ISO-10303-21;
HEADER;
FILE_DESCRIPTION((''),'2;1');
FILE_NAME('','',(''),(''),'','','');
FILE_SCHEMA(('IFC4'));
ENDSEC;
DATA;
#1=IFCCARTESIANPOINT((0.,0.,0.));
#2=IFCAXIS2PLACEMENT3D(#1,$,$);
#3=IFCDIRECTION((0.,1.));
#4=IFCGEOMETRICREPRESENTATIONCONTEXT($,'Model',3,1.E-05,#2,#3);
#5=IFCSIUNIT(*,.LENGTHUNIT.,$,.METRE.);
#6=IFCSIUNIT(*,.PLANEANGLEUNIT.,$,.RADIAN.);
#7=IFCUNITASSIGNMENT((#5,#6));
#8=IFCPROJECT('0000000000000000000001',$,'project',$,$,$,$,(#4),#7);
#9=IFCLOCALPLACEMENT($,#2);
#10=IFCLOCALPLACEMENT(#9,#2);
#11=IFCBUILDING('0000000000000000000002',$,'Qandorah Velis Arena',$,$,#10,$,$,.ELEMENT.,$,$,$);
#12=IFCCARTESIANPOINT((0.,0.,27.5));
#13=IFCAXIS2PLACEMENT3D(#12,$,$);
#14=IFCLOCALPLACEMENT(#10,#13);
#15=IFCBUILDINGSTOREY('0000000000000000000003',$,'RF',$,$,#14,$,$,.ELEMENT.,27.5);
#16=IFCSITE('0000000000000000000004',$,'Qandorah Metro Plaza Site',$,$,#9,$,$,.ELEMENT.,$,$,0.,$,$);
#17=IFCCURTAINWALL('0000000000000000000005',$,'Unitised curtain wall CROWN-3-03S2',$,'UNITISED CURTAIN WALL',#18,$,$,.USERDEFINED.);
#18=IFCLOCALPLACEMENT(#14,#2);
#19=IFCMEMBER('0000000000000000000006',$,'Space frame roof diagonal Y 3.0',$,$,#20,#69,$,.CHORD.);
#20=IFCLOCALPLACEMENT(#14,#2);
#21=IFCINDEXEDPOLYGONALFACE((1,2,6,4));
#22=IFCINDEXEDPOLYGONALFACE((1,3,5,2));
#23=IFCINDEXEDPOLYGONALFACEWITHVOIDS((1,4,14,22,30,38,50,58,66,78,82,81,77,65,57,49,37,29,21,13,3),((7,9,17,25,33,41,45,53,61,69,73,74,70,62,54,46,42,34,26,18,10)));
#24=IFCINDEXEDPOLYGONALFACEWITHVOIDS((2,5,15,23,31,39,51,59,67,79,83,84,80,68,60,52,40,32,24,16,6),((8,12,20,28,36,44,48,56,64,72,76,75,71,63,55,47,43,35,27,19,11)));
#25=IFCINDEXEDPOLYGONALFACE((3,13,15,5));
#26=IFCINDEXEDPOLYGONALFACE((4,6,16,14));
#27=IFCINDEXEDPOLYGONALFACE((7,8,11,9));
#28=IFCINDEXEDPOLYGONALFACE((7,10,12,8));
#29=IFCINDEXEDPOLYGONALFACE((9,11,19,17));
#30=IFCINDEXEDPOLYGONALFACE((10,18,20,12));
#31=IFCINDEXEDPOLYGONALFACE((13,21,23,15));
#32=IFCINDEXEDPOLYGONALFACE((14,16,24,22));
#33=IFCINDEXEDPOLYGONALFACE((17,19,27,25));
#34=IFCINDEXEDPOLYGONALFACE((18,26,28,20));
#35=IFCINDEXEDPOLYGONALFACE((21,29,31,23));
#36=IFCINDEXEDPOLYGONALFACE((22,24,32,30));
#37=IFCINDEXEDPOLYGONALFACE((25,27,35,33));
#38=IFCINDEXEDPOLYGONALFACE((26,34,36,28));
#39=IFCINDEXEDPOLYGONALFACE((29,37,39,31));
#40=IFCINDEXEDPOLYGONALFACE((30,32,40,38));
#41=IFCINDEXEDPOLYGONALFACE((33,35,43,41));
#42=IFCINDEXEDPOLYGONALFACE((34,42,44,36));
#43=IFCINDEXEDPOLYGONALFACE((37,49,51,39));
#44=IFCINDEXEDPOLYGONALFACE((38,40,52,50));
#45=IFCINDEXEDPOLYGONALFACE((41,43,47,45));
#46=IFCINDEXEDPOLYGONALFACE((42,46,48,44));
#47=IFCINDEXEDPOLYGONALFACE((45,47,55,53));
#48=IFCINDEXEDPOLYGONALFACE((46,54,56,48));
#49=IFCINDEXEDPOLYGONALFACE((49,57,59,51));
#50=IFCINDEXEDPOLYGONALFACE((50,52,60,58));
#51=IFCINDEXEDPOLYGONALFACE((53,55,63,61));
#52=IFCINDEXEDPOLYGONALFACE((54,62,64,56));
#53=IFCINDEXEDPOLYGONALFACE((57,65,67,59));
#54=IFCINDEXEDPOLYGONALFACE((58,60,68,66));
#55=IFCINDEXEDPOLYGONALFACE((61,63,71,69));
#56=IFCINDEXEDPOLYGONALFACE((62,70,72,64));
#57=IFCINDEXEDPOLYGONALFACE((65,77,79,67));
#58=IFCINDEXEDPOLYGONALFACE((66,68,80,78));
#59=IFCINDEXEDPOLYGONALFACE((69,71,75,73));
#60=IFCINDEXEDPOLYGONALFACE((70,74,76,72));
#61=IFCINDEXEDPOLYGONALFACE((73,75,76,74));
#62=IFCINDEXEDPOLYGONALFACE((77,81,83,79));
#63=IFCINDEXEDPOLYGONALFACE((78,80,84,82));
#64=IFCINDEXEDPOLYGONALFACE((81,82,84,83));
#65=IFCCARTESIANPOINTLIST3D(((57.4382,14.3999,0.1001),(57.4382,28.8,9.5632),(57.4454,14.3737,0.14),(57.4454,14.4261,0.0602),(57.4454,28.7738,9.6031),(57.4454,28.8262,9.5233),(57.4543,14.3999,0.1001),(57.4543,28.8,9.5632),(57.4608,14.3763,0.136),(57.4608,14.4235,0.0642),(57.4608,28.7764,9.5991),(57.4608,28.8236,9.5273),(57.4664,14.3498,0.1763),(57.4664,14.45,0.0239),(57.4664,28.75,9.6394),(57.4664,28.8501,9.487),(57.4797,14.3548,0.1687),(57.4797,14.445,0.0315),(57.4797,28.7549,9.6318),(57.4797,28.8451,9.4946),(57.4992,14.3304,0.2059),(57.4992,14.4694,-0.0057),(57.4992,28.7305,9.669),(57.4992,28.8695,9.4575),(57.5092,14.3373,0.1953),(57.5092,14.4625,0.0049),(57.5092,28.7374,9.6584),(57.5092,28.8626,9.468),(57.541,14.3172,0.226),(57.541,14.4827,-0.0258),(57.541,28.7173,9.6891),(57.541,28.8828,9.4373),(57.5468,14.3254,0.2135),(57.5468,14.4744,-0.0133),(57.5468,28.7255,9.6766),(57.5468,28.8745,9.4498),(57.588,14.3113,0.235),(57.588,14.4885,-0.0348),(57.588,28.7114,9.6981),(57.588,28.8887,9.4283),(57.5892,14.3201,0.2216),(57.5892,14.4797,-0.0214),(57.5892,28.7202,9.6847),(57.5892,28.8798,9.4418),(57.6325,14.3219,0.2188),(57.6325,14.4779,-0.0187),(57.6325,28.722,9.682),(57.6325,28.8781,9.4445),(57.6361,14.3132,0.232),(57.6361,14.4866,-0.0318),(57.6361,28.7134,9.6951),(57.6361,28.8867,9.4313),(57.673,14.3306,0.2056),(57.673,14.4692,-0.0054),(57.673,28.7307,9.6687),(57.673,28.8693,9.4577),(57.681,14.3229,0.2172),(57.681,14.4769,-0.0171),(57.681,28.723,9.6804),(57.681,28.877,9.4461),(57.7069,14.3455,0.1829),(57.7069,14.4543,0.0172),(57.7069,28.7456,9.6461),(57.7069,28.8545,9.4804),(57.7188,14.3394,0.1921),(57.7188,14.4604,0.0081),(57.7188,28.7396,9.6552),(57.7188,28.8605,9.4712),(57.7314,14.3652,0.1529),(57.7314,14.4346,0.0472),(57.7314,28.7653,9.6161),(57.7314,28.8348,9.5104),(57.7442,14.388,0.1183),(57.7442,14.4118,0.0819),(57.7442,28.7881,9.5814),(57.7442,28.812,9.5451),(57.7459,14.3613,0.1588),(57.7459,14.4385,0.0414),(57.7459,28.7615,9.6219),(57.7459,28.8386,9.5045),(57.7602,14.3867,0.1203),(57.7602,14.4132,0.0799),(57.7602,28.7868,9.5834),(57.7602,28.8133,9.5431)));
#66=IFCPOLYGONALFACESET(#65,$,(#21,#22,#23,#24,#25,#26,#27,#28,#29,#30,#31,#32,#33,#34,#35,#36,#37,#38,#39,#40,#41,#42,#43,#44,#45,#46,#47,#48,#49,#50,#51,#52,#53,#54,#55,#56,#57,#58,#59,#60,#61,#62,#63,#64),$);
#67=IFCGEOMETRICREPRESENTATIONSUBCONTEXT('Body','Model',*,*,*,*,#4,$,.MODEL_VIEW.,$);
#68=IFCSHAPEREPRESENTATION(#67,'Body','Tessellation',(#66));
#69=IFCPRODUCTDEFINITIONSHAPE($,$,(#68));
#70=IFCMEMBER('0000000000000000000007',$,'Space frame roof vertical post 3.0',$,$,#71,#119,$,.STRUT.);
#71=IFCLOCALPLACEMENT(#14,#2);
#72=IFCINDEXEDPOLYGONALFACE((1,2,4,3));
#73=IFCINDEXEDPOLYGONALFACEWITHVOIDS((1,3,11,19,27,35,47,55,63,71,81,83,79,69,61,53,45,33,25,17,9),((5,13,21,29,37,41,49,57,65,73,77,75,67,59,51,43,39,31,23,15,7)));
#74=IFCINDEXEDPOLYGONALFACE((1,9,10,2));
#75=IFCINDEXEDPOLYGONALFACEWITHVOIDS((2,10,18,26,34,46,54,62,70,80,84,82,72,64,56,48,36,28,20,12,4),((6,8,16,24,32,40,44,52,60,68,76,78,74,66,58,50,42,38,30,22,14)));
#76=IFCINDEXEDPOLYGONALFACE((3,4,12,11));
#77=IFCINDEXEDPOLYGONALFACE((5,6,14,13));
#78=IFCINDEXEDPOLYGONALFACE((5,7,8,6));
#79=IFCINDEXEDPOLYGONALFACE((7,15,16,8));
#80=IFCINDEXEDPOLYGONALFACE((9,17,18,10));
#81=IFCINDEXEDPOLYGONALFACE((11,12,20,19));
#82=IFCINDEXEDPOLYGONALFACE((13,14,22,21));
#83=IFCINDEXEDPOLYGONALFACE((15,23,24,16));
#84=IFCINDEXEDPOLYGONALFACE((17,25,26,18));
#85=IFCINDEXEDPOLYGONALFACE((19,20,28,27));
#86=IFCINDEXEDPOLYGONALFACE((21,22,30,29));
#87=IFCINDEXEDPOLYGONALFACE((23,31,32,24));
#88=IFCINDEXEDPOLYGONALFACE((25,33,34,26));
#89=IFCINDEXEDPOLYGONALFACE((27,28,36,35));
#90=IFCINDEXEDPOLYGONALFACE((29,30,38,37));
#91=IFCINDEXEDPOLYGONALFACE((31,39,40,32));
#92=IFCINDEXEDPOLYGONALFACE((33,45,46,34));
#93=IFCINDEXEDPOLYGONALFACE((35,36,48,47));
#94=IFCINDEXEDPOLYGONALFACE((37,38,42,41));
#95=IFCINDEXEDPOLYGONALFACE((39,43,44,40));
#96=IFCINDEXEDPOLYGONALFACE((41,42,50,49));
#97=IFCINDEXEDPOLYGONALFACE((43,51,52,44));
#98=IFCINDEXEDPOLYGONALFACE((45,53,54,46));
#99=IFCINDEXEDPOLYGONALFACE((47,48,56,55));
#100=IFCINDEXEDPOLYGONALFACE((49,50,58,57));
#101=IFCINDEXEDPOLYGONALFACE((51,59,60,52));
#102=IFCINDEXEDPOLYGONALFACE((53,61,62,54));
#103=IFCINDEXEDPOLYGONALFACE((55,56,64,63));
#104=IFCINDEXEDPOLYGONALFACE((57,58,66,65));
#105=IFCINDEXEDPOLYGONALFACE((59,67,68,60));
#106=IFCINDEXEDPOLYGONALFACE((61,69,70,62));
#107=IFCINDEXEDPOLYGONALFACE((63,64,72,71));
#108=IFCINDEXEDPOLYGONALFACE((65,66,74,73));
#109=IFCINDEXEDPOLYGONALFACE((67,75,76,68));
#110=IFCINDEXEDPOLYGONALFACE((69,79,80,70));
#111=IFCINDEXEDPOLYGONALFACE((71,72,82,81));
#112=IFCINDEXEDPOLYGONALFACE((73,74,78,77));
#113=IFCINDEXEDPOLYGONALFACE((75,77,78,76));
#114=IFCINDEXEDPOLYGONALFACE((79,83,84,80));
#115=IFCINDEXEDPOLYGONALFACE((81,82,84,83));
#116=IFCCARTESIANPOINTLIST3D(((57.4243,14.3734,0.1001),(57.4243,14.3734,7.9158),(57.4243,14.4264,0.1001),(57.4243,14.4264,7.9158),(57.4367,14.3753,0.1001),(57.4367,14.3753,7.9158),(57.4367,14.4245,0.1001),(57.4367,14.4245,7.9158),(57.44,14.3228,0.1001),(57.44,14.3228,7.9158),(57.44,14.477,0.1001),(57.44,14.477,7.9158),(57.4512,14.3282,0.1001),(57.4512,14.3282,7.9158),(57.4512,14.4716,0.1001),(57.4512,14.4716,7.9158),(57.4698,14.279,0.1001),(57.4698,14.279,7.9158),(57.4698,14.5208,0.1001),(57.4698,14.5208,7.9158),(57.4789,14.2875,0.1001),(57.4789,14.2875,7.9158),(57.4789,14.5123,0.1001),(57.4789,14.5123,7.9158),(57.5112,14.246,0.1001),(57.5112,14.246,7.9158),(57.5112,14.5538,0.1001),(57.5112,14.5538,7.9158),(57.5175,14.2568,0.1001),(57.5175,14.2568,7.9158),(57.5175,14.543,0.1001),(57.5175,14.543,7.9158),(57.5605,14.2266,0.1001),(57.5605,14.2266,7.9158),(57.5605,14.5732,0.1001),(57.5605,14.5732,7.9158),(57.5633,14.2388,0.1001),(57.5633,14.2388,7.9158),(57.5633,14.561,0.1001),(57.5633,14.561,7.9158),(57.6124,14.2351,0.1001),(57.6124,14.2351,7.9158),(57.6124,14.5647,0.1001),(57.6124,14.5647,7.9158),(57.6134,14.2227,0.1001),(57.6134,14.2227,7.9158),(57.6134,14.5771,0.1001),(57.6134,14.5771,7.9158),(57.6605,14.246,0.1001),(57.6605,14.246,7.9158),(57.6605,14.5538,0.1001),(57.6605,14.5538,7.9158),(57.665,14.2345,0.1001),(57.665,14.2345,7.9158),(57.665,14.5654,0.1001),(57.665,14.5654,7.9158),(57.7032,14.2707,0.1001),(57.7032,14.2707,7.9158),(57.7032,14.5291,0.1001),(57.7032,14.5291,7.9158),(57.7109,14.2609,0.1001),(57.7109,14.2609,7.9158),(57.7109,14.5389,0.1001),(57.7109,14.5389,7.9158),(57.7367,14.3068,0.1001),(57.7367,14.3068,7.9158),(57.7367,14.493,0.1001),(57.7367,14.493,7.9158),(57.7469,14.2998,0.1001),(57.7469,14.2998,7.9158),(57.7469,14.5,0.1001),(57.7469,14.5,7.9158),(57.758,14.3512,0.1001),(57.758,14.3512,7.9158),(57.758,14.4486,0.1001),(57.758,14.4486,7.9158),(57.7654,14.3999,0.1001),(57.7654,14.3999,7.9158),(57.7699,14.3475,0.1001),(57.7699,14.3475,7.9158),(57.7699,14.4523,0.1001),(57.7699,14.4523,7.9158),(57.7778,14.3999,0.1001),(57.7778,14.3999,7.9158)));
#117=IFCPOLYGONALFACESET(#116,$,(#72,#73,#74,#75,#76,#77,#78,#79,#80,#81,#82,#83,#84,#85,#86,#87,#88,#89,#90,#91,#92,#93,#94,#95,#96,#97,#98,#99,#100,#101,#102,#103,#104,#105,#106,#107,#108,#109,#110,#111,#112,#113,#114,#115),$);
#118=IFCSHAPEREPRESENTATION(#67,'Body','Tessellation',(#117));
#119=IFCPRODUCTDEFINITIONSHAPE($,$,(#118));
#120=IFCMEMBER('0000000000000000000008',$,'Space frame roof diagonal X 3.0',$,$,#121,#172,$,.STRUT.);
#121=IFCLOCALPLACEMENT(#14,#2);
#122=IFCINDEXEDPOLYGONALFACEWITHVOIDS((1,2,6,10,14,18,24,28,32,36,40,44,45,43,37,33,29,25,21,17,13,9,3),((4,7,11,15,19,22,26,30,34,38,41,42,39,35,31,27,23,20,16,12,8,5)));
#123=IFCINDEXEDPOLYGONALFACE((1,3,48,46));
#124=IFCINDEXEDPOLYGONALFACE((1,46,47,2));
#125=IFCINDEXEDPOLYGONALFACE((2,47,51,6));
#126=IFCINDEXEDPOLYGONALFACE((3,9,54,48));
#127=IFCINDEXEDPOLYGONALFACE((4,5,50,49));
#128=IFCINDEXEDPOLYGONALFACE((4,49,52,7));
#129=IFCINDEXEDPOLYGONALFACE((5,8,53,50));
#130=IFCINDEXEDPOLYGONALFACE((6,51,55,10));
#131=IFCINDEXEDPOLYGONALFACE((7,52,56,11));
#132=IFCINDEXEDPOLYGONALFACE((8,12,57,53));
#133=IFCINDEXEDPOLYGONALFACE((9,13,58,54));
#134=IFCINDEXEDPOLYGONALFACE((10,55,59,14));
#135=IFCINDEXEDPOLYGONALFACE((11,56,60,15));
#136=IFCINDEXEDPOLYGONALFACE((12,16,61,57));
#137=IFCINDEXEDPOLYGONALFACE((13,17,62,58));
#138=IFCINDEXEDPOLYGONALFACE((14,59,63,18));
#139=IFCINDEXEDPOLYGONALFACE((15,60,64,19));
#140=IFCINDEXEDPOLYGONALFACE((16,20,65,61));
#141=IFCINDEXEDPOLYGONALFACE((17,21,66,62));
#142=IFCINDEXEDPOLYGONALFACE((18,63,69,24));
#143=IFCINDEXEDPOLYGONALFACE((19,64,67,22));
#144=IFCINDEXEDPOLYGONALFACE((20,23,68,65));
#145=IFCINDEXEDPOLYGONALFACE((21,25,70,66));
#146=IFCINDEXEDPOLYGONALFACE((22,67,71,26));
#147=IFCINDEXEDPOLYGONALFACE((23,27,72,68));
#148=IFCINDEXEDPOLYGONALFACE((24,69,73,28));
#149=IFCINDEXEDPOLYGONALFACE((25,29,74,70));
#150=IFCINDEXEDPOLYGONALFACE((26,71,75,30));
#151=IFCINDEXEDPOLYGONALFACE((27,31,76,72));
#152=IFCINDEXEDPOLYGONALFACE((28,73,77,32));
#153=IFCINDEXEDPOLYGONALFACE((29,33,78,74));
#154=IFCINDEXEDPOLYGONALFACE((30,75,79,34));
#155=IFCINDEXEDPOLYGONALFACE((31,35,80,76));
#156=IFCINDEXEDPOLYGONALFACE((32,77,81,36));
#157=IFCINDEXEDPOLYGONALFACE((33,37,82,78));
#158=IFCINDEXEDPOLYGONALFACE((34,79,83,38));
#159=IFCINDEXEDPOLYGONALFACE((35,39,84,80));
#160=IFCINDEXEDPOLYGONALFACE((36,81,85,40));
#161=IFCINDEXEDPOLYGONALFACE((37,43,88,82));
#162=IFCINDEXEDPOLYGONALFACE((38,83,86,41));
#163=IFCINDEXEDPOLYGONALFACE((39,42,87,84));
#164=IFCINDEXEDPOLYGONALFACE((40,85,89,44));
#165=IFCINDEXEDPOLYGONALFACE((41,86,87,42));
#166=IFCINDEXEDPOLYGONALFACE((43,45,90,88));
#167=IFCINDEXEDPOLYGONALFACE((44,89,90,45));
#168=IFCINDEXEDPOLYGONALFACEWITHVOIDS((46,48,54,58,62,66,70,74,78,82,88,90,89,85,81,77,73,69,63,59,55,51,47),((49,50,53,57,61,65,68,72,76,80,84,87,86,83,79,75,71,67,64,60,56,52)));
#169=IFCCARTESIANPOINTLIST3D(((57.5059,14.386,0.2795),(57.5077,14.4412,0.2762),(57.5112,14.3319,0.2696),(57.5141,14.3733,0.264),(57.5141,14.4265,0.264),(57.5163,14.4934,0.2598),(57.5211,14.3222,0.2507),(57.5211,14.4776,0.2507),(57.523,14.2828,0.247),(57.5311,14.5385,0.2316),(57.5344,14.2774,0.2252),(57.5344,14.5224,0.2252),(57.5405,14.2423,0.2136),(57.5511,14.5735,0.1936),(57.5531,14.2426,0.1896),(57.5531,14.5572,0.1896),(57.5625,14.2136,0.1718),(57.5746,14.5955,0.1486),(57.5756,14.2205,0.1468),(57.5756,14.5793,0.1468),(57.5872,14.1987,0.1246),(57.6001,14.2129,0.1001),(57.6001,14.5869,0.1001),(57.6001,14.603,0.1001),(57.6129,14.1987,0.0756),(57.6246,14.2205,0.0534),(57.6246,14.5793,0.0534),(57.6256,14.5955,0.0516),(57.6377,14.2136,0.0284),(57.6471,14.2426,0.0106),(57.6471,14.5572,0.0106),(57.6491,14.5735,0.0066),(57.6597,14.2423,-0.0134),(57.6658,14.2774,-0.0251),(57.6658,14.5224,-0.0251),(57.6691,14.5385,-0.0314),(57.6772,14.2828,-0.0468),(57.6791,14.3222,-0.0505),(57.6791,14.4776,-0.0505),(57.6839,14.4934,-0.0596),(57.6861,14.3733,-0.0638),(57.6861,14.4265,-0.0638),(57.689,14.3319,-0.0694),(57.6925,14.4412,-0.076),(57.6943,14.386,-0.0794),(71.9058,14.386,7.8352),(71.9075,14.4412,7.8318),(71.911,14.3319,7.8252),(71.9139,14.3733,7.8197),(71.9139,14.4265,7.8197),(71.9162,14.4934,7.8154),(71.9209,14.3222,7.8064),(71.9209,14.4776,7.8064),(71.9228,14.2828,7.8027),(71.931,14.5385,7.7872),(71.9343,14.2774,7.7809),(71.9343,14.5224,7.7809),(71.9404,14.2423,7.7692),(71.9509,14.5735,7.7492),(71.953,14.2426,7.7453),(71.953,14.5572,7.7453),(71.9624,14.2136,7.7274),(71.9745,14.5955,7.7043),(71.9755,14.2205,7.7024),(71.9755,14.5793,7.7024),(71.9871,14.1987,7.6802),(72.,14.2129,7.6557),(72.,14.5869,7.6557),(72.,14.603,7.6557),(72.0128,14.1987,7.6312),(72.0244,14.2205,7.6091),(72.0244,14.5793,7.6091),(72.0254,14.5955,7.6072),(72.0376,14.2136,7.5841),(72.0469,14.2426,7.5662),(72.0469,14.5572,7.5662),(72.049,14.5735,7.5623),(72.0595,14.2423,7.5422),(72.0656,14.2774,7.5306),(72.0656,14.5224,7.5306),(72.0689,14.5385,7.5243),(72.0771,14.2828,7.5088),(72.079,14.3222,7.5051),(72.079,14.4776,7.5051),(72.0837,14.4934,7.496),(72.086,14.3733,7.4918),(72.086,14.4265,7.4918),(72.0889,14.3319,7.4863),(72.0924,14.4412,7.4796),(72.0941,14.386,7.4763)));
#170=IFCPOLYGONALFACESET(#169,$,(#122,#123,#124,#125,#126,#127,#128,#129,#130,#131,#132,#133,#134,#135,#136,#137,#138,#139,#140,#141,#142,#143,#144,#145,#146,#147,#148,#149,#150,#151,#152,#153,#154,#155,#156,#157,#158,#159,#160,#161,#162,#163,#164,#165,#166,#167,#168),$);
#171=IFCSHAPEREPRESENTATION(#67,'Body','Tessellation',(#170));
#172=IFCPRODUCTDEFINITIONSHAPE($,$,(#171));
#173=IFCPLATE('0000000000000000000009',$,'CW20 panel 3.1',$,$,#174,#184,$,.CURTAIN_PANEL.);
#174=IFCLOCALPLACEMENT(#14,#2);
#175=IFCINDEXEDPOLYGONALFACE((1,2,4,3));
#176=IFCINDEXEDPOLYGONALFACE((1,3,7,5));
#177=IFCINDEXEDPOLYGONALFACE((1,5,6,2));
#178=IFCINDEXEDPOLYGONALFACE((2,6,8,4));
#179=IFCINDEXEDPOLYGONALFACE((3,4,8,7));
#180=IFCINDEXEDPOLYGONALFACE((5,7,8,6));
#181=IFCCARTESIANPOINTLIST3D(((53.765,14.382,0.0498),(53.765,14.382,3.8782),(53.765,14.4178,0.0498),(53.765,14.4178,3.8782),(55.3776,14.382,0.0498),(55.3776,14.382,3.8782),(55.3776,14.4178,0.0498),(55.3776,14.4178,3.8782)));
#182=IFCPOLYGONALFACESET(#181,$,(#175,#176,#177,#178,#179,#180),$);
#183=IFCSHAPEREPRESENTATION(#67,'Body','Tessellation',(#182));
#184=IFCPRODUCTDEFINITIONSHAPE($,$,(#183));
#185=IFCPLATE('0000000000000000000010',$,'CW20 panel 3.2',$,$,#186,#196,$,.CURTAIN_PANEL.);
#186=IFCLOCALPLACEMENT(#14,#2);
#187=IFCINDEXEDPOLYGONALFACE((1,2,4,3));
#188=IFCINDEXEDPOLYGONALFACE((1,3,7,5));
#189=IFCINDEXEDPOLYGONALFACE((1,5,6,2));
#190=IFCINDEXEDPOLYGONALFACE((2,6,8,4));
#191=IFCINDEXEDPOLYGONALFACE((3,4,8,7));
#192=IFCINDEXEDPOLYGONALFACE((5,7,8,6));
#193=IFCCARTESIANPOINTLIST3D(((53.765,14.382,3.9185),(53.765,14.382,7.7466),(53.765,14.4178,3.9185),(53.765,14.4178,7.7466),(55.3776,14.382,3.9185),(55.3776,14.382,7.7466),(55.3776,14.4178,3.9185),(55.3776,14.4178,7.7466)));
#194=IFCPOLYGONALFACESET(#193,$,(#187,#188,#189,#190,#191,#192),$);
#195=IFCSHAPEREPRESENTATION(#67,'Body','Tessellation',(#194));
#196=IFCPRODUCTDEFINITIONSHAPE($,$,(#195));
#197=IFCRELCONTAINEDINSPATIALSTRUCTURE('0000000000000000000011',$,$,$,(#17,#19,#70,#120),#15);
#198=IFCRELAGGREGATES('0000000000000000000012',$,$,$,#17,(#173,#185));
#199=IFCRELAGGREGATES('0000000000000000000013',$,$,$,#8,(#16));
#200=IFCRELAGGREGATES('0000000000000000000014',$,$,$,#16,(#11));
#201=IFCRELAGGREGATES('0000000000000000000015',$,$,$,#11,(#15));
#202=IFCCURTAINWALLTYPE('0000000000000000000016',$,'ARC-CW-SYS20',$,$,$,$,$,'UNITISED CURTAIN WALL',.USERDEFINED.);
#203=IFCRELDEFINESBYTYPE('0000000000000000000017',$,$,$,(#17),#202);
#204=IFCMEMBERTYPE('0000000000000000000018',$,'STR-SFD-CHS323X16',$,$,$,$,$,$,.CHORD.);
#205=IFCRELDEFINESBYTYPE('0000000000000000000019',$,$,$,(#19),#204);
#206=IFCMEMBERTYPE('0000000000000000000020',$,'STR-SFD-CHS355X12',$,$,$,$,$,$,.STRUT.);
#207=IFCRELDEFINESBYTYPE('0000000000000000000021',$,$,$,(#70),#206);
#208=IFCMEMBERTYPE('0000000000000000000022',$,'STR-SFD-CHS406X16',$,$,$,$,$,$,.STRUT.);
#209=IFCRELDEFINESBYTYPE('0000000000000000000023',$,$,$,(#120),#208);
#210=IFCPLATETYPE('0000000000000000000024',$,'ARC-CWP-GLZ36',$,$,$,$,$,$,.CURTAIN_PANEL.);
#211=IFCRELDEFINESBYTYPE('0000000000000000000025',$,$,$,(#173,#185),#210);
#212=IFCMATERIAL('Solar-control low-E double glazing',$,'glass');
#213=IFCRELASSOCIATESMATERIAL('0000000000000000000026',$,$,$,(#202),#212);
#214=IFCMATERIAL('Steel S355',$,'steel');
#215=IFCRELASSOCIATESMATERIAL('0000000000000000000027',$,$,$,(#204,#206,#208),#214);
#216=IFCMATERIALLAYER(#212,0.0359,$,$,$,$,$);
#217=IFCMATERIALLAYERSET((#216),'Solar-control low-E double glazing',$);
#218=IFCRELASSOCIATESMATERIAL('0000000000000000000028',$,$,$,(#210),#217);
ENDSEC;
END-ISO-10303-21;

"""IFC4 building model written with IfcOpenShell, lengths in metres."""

from ifc_helpers import new_model, si_unit, direction, frame, origin, origin_2d, place, context, subcontext, project, spatial, rectangle, hollow_circle, extrude, material, layer, layer_set, material_profile, profile_set, type_object, element, aggregate, save


model = new_model("IFC4")

# Units and contexts
model_context = context("Model", 3, precision=1e-05, world=origin(), true_north=direction((0.0, 1.0)))
body_context = subcontext(model_context, "Body", "Model", "MODEL_VIEW")
ifc_project = project(units=[si_unit("LENGTHUNIT", "METRE"), si_unit("PLANEANGLEUNIT", "RADIAN")], contexts=[model_context])

# Site, building, storey
site_placement = place(None, origin())
site = spatial("IfcSite", under=ifc_project, at=site_placement, Name="Qandorah Metro Plaza Site", CompositionType="ELEMENT", RefElevation=0.0)
building_placement = place(site_placement, origin())
building = spatial("IfcBuilding", under=site, at=building_placement, Name="Qandorah Velis Arena", CompositionType="ELEMENT")
storey_placement = place(building_placement, frame((0.0, 0.0, 27.5)))
storey = spatial("IfcBuildingStorey", under=building, at=storey_placement, Name="RF", CompositionType="ELEMENT", Elevation=27.5)

# Curtain wall
ifc_material_1 = material(Name="Solar-control low-E double glazing", Category="glass")
curtain_wall_type = type_object("IfcCurtainWallType", Name="ARC-CW-SYS20", ElementType="UNITISED CURTAIN WALL", PredefinedType="USERDEFINED", material=ifc_material_1)
curtain_wall_1_placement = place(storey_placement, origin())
curtain_wall_1 = element("IfcCurtainWall", 1, at=curtain_wall_1_placement, inside=storey, type_object=curtain_wall_type, Name="Unitised curtain wall CROWN-3-03S2", ObjectType="UNITISED CURTAIN WALL", PredefinedType="USERDEFINED")

# Shared definitions
ifc_material_2 = material(Name="Steel S355", Category="steel")

# Members
ifc_material_profile_1 = material_profile(ifc_material_2, hollow_circle(Radius=0.1619, WallThickness=0.0161, at=origin_2d()), Name="CHS 323.9x16")
ifc_profile_set_1 = profile_set([ifc_material_profile_1], Name="Steel S355")
member_type_1 = type_object("IfcMemberType", Name="STR-SFD-CHS323X16", PredefinedType="CHORD", material=ifc_profile_set_1)
member_1_placement = place(storey_placement, frame((57.6001, 14.3999, 0.1001), z_axis=(0.0, 0.835701, 0.549185), x_axis=(-1.0, 0.0, 0.0)))
element("IfcMember", 2, at=member_1_placement, inside=storey, type_object=member_type_1, Name="Space frame roof diagonal Y 3.0", PredefinedType="CHORD", context=body_context, shape_type="SweptSolid", body=[
    extrude(hollow_circle(Radius=0.1619, WallThickness=0.0161, at=origin_2d()), origin(), (0.0, 0.0, 1.0), 17.2312),
])
ifc_material_profile_2 = material_profile(ifc_material_2, hollow_circle(Radius=0.1777, WallThickness=0.0125, at=origin_2d()), Name="CHS 355.6x12.5")
ifc_profile_set_2 = profile_set([ifc_material_profile_2], Name="Steel S355")
member_type_2 = type_object("IfcMemberType", Name="STR-SFD-CHS355X12", PredefinedType="STRUT", material=ifc_profile_set_2)
member_2_placement = place(storey_placement, frame((57.6001, 14.3999, 0.1001), z_axis=(0.0, 0.0, 1.0), x_axis=(1.0, 0.0, 0.0)))
element("IfcMember", 3, at=member_2_placement, inside=storey, type_object=member_type_2, Name="Space frame roof vertical post 3.0", PredefinedType="STRUT", context=body_context, shape_type="SweptSolid", body=[
    extrude(hollow_circle(Radius=0.1777, WallThickness=0.0125, at=origin_2d()), origin(), (0.0, 0.0, 1.0), 7.8157),
])
ifc_material_profile_3 = material_profile(ifc_material_2, hollow_circle(Radius=0.2031, WallThickness=0.0161, at=origin_2d()), Name="CHS 406.4x16")
ifc_profile_set_3 = profile_set([ifc_material_profile_3], Name="Steel S355")
member_type_3 = type_object("IfcMemberType", Name="STR-SFD-CHS406X16", PredefinedType="STRUT", material=ifc_profile_set_3)
member_3_placement = place(storey_placement, frame((57.6001, 14.3999, 0.1001), z_axis=(0.885506, 0.0, 0.464627), x_axis=(0.0, 1.0, 0.0)))
element("IfcMember", 4, at=member_3_placement, inside=storey, type_object=member_type_3, Name="Space frame roof diagonal X 3.0", PredefinedType="STRUT", context=body_context, shape_type="SweptSolid", body=[
    extrude(hollow_circle(Radius=0.2031, WallThickness=0.0161, at=origin_2d()), origin(), (0.0, 0.0, 1.0), 16.2617),
])

# Plates
ifc_layer_1 = layer(ifc_material_1, 0.0359)
ifc_layer_set_1 = layer_set([ifc_layer_1], Name="Solar-control low-E double glazing")
plate_type = type_object("IfcPlateType", Name="ARC-CWP-GLZ36", PredefinedType="CURTAIN_PANEL", material=ifc_layer_set_1)
plate_1_placement = place(storey_placement, frame((54.5713, 14.3999, 0.0498), z_axis=(0.0, 0.0, 1.0), x_axis=(1.0, 0.0, 0.0)))
plate_1 = element("IfcPlate", 5, at=plate_1_placement, type_object=plate_type, Name="CW20 panel 3.1", PredefinedType="CURTAIN_PANEL", context=body_context, shape_type="SweptSolid", body=[
    extrude(rectangle(XDim=1.6125, YDim=0.0359, at=origin_2d()), origin(), (0.0, 0.0, 1.0), 3.8284),
])
plate_2_placement = place(storey_placement, frame((54.5713, 14.3999, 3.9185), z_axis=(0.0, 0.0, 1.0), x_axis=(1.0, 0.0, 0.0)))
plate_2 = element("IfcPlate", 6, at=plate_2_placement, type_object=plate_type, Name="CW20 panel 3.2", PredefinedType="CURTAIN_PANEL", context=body_context, shape_type="SweptSolid", body=[
    extrude(rectangle(XDim=1.6125, YDim=0.0359, at=origin_2d()), origin(), (0.0, 0.0, 1.0), 3.8281),
])
aggregate(curtain_wall_1, [plate_1, plate_2])

save(model, "model.ifc")
